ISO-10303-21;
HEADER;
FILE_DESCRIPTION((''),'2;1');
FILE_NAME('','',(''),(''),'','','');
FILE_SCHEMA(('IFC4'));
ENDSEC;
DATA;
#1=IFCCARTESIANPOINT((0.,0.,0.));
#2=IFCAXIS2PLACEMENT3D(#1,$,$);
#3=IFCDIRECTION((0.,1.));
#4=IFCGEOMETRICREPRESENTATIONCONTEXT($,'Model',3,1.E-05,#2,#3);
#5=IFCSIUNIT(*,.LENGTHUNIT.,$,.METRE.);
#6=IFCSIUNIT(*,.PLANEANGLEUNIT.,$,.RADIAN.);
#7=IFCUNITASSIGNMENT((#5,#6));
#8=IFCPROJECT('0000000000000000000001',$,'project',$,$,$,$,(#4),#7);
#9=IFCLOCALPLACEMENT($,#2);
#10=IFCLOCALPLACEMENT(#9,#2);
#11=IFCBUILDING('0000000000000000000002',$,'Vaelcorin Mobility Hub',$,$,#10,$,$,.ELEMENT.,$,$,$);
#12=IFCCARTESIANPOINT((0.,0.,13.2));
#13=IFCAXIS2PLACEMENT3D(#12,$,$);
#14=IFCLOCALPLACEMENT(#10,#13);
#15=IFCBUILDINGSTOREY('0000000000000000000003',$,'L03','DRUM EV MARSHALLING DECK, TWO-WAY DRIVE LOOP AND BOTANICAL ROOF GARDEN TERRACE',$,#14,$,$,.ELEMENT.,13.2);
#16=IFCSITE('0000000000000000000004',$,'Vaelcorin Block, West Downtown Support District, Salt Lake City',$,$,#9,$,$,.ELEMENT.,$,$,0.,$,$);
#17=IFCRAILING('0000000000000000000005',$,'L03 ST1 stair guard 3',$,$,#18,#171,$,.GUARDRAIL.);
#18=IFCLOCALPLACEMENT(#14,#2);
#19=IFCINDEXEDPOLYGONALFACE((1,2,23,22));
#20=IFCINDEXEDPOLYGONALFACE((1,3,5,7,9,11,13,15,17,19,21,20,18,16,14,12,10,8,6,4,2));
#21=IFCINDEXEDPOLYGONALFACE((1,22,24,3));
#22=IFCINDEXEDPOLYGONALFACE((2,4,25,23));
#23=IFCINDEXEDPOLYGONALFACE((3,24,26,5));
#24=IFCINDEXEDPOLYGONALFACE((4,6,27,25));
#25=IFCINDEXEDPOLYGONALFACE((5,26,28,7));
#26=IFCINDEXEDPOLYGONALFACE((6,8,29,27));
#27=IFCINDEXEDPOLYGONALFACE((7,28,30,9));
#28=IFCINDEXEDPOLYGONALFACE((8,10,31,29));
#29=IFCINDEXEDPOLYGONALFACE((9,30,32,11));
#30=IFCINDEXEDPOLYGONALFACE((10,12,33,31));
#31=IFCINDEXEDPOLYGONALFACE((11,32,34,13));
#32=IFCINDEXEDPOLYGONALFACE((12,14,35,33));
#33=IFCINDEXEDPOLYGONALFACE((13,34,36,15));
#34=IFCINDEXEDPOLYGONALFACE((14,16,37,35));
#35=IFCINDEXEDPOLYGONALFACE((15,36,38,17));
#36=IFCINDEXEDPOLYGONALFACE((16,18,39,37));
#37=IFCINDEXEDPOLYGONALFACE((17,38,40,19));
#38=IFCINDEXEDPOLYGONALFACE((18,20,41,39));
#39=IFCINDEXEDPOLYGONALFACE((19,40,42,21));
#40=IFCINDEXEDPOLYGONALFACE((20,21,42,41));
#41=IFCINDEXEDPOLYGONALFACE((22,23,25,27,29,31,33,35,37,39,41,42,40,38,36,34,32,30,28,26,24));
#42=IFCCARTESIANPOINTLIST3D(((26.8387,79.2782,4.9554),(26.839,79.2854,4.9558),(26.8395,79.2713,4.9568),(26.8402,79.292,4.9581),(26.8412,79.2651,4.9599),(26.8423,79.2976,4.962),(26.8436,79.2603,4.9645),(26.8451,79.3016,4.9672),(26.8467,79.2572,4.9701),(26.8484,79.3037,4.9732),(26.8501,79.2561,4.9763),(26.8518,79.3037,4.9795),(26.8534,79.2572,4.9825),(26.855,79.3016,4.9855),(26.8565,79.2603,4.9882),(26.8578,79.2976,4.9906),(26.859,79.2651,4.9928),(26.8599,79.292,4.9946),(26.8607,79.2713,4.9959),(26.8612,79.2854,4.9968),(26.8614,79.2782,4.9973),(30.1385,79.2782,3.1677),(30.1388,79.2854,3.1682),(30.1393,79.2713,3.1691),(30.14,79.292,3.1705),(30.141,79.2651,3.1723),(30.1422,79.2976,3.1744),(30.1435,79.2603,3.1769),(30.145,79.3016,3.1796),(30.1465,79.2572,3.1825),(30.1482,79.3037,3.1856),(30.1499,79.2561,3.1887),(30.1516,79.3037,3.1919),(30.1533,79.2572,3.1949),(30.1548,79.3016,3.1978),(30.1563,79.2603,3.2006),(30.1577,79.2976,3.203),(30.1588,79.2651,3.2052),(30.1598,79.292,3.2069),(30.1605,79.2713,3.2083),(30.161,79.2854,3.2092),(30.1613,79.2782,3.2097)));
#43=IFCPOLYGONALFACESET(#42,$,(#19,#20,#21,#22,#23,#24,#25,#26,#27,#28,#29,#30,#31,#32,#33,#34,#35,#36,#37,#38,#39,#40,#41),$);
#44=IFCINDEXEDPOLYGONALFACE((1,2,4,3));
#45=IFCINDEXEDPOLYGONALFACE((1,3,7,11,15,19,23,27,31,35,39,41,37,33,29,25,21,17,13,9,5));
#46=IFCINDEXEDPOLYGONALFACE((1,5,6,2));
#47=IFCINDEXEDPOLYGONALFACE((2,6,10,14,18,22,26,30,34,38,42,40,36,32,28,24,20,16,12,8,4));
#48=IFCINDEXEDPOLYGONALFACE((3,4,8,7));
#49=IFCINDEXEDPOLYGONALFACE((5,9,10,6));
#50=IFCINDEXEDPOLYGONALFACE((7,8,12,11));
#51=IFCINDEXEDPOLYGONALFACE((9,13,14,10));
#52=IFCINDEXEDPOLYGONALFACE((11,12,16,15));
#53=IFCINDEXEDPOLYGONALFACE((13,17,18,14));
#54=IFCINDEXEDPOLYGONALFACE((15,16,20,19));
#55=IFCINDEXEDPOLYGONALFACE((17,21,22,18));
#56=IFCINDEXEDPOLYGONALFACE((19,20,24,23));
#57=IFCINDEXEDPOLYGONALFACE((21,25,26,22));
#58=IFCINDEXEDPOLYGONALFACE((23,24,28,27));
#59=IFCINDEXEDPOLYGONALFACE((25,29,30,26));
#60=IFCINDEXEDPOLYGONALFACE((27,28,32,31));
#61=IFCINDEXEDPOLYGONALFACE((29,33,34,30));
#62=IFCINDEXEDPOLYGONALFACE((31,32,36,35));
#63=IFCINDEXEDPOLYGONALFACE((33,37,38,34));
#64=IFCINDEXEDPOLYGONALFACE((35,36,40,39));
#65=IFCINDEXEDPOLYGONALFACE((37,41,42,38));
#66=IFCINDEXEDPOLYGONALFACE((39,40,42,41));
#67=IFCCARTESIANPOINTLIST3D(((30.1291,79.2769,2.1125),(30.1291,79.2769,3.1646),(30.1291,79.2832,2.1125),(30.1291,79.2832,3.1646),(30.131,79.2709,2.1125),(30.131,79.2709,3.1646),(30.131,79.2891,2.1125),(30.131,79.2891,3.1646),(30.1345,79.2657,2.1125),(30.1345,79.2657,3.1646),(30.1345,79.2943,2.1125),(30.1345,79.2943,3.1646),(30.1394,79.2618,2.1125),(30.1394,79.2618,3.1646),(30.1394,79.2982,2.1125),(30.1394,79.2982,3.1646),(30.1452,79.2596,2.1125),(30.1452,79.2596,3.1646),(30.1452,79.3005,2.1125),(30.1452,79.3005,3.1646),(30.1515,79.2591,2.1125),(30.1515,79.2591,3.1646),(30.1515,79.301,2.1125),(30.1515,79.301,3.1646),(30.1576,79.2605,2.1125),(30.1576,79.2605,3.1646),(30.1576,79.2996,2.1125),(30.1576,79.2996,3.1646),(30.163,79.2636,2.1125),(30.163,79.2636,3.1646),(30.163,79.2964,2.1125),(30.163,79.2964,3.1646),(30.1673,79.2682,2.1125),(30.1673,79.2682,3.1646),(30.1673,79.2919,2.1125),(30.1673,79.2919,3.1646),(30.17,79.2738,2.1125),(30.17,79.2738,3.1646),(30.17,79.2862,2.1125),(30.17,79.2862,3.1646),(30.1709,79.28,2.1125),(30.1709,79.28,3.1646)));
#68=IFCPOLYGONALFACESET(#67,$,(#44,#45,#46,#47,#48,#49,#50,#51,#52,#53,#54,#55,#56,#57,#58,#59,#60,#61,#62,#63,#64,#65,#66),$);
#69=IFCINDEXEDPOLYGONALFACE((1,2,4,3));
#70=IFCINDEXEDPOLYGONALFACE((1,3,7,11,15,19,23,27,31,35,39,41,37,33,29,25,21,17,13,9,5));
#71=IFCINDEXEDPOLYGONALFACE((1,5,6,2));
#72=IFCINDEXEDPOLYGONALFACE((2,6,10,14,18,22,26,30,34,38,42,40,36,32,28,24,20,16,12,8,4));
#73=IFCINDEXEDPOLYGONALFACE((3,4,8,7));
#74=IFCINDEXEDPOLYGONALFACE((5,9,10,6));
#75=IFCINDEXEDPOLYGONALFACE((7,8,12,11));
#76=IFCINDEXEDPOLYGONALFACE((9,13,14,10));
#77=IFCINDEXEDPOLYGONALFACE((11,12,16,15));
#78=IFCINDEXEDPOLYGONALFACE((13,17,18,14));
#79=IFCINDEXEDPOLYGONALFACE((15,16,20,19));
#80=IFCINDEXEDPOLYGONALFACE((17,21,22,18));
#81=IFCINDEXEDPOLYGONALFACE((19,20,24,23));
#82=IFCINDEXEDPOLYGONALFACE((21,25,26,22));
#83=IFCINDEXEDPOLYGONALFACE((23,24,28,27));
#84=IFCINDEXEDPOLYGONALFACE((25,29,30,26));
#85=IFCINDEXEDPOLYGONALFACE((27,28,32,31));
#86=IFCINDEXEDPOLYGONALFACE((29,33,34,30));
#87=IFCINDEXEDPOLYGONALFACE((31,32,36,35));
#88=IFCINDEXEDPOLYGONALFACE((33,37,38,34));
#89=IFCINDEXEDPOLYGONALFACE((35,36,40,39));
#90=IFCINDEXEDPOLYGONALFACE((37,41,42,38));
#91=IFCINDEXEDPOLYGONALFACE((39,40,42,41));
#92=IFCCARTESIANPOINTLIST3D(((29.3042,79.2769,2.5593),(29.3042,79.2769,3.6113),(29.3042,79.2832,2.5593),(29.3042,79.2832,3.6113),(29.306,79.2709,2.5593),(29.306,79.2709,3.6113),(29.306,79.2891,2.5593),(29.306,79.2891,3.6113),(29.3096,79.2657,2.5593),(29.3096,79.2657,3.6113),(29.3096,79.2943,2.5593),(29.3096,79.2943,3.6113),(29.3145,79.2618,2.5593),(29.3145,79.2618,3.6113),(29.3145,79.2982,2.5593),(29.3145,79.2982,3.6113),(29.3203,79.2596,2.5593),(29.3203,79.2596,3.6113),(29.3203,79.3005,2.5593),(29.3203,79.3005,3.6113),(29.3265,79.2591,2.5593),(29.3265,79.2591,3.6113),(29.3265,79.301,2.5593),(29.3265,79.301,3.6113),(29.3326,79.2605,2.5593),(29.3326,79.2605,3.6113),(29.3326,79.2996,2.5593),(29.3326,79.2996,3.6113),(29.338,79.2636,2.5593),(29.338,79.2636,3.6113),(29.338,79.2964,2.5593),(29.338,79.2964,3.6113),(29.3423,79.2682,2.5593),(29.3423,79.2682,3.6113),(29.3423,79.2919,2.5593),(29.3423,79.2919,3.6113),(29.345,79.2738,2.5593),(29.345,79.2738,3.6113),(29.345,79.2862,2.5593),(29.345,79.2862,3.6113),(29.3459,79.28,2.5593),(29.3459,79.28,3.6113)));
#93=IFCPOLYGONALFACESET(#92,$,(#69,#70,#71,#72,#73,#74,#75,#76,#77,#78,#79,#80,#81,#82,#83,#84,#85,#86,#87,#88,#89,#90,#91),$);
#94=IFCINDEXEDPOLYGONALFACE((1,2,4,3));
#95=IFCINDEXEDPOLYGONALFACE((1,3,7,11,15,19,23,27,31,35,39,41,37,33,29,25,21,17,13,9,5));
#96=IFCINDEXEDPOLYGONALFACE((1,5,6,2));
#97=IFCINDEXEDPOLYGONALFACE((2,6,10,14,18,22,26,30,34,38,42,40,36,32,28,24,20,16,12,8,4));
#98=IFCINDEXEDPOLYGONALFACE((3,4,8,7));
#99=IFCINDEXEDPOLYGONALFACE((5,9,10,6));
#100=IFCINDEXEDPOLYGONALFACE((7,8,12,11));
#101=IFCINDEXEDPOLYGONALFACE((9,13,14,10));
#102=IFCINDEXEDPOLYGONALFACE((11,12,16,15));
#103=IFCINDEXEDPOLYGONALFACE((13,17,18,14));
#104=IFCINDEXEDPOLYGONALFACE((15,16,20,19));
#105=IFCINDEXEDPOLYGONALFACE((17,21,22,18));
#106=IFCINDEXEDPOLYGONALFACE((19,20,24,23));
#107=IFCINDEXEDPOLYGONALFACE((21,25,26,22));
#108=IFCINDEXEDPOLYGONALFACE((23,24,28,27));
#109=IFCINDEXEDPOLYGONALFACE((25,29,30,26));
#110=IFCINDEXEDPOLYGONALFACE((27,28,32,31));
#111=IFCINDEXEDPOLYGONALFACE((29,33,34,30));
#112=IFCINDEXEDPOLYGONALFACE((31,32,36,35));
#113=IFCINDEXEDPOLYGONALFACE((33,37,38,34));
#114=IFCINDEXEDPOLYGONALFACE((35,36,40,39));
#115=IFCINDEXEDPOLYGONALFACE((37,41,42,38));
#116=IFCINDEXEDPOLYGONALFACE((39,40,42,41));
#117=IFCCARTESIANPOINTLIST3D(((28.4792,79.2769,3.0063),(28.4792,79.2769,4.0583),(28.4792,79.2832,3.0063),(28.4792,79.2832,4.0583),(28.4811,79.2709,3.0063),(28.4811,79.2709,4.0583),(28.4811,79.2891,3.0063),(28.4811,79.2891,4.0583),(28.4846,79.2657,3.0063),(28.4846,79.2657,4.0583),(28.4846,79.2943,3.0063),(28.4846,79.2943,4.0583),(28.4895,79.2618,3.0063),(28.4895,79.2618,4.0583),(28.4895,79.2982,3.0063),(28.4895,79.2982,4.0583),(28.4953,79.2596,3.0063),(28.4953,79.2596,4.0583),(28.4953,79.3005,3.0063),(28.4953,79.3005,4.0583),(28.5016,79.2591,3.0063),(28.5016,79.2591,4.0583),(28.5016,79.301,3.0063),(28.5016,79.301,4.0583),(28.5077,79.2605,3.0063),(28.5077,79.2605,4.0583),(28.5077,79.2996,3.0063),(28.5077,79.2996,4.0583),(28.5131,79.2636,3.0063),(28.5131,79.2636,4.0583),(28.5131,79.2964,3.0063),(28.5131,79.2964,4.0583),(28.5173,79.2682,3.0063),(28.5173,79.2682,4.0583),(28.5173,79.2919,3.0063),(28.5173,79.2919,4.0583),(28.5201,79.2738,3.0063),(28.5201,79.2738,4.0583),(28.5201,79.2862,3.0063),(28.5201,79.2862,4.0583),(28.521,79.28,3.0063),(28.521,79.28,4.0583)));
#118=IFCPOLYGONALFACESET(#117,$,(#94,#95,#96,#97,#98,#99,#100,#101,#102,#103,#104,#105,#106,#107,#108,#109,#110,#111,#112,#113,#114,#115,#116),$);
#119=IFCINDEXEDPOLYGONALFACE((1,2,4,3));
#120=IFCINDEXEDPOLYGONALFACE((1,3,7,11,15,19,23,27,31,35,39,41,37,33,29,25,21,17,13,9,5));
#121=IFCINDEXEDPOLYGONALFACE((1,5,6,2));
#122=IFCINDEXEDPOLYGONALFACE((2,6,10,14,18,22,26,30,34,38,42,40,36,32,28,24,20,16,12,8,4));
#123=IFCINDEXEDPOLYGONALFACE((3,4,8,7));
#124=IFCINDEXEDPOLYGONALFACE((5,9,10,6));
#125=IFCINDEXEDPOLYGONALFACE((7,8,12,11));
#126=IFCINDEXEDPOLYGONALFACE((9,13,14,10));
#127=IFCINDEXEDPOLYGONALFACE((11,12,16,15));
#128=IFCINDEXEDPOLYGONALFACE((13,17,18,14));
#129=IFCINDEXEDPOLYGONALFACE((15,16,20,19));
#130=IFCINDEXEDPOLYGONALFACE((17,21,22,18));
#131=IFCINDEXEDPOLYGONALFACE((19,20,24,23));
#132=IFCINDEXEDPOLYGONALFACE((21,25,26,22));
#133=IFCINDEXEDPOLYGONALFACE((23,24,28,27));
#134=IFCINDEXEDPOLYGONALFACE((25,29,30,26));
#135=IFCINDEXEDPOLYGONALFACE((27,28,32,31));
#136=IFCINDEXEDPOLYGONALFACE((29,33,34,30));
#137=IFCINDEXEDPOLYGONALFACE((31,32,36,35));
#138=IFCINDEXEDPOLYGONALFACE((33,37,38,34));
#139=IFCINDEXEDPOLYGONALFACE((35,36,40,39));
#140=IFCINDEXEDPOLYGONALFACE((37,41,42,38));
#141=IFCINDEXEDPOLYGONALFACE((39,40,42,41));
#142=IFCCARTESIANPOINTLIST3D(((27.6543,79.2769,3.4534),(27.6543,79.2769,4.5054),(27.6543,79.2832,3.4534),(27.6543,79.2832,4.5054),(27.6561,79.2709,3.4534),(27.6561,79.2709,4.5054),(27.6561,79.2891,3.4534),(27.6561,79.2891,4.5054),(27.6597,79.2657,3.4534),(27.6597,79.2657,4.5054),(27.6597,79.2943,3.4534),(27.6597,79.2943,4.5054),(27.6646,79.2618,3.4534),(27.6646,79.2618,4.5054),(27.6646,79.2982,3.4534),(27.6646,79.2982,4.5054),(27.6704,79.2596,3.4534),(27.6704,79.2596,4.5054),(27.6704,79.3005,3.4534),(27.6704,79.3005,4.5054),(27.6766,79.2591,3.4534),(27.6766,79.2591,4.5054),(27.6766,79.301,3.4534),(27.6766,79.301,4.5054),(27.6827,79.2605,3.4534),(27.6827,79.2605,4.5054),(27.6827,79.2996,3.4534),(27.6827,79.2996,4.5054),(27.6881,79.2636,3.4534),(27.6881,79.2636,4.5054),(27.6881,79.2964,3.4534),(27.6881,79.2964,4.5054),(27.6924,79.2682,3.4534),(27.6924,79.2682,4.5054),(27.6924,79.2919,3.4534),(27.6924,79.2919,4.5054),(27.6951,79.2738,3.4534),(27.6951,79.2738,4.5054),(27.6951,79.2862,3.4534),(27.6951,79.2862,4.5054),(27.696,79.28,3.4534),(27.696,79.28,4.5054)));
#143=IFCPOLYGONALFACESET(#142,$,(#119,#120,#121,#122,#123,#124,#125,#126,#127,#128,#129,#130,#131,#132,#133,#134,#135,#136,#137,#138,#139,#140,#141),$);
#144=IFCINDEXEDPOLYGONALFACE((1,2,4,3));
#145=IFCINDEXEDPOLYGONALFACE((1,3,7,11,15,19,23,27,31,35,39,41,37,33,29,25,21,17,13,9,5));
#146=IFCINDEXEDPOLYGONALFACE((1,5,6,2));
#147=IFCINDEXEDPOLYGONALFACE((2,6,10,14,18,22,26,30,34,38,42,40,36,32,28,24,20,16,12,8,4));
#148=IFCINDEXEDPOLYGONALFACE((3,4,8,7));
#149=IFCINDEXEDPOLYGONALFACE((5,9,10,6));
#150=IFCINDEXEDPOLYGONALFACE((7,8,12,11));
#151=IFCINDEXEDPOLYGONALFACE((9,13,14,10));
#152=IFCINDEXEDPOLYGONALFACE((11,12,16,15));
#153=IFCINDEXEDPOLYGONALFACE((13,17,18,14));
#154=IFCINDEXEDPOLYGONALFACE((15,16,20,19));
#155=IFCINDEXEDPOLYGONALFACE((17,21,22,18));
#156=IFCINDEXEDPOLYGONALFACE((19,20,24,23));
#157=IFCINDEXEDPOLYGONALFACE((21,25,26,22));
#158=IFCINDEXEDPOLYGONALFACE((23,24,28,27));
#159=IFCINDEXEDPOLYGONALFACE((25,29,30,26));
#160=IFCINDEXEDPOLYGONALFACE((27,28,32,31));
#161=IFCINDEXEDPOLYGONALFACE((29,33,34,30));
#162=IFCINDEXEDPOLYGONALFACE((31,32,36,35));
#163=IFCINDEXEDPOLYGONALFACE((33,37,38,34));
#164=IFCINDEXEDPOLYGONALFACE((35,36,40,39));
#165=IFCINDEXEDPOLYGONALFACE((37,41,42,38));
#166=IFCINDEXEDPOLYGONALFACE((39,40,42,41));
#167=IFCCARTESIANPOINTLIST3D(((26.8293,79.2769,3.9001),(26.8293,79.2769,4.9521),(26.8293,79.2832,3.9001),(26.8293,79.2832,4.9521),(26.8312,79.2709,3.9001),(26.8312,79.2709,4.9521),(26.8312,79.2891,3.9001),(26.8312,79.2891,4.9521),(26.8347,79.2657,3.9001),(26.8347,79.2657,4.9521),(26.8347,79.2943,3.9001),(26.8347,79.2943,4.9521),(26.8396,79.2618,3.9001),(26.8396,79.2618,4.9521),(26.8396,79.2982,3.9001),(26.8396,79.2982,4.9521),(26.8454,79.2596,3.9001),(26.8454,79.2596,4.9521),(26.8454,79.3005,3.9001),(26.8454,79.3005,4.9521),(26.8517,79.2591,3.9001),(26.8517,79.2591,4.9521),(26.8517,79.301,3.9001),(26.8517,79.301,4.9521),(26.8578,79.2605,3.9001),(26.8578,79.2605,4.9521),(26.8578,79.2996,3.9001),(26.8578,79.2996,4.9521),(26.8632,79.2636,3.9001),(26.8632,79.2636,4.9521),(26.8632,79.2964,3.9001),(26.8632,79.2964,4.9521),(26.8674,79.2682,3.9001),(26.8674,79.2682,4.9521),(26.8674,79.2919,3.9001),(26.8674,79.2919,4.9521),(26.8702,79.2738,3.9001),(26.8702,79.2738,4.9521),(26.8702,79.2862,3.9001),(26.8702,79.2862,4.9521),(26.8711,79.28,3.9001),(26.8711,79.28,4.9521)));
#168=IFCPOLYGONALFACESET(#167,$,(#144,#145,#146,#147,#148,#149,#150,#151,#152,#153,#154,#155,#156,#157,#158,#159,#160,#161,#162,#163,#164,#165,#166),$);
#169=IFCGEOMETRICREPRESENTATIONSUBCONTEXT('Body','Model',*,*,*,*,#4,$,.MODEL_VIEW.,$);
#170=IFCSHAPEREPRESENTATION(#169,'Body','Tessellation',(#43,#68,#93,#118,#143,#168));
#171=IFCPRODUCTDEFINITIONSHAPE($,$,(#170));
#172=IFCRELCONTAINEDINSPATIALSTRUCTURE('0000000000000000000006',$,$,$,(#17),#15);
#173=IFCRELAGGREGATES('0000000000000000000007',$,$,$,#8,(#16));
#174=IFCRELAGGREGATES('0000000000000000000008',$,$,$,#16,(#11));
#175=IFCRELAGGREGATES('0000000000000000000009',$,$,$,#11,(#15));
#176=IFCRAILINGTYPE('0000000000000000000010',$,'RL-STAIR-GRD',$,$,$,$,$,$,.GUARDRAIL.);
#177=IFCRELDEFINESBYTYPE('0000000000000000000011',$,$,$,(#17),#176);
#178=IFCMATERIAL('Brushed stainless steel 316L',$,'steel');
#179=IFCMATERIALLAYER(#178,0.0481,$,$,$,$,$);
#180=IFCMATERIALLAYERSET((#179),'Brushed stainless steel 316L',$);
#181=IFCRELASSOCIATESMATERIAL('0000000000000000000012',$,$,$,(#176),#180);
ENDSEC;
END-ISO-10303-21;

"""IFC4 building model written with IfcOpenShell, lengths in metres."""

from ifc_helpers import new_model, si_unit, direction, frame, origin, origin_2d, place, context, subcontext, project, spatial, circle, extrude, material, layer, layer_set, type_object, element, save


model = new_model("IFC4")

# Units and contexts
model_context = context("Model", 3, precision=1e-05, world=origin(), true_north=direction((0.0, 1.0)))
body_context = subcontext(model_context, "Body", "Model", "MODEL_VIEW")
ifc_project = project(units=[si_unit("LENGTHUNIT", "METRE"), si_unit("PLANEANGLEUNIT", "RADIAN")], contexts=[model_context])

# Site, building, storey
site_placement = place(None, origin())
site = spatial("IfcSite", under=ifc_project, at=site_placement, Name="Vaelcorin Block, West Downtown Support District, Salt Lake City", CompositionType="ELEMENT", RefElevation=0.0)
building_placement = place(site_placement, origin())
building = spatial("IfcBuilding", under=site, at=building_placement, Name="Vaelcorin Mobility Hub", CompositionType="ELEMENT")
storey_placement = place(building_placement, frame((0.0, 0.0, 13.2)))
storey = spatial("IfcBuildingStorey", under=building, at=storey_placement, Name="L03", Description="DRUM EV MARSHALLING DECK, TWO-WAY DRIVE LOOP AND BOTANICAL ROOF GARDEN TERRACE", CompositionType="ELEMENT", Elevation=13.2)

# Railing
ifc_material_1 = material(Name="Brushed stainless steel 316L", Category="steel")
ifc_layer_1 = layer(ifc_material_1, 0.0481)
ifc_layer_set_1 = layer_set([ifc_layer_1], Name="Brushed stainless steel 316L")
railing_type_1 = type_object("IfcRailingType", Name="RL-STAIR-GRD", PredefinedType="GUARDRAIL", material=ifc_layer_set_1)
railing_1_placement = place(storey_placement, frame((30.1499, 79.28, 2.1125)))
element("IfcRailing", 1, at=railing_1_placement, inside=storey, type_object=railing_type_1, Name="L03 ST1 stair guard 3", PredefinedType="GUARDRAIL", context=body_context, shape_type="SweptSolid", body=[
    extrude(circle(Radius=0.0239, at=origin_2d()), frame((0.0, 0.0, 1.0762), z_axis=(-0.879269, 0.0, 0.476325), x_axis=(0.0, -1.0, 0.0)), (0.0, 0.0, 1.0), 3.7529),
    extrude(circle(Radius=0.021, at=origin_2d()), origin(), (0.0, 0.0, 1.0), 1.052),
    extrude(circle(Radius=0.021, at=origin_2d()), frame((-0.825, 0.0, 0.4468)), (0.0, 0.0, 1.0), 1.052),
    extrude(circle(Radius=0.021, at=origin_2d()), frame((-1.6499, 0.0, 0.8938)), (0.0, 0.0, 1.0), 1.052),
    extrude(circle(Radius=0.021, at=origin_2d()), frame((-2.4749, 0.0, 1.3408)), (0.0, 0.0, 1.0), 1.052),
    extrude(circle(Radius=0.021, at=origin_2d()), frame((-3.2998, 0.0, 1.7876)), (0.0, 0.0, 1.0), 1.052),
])

save(model, "model.ifc")
